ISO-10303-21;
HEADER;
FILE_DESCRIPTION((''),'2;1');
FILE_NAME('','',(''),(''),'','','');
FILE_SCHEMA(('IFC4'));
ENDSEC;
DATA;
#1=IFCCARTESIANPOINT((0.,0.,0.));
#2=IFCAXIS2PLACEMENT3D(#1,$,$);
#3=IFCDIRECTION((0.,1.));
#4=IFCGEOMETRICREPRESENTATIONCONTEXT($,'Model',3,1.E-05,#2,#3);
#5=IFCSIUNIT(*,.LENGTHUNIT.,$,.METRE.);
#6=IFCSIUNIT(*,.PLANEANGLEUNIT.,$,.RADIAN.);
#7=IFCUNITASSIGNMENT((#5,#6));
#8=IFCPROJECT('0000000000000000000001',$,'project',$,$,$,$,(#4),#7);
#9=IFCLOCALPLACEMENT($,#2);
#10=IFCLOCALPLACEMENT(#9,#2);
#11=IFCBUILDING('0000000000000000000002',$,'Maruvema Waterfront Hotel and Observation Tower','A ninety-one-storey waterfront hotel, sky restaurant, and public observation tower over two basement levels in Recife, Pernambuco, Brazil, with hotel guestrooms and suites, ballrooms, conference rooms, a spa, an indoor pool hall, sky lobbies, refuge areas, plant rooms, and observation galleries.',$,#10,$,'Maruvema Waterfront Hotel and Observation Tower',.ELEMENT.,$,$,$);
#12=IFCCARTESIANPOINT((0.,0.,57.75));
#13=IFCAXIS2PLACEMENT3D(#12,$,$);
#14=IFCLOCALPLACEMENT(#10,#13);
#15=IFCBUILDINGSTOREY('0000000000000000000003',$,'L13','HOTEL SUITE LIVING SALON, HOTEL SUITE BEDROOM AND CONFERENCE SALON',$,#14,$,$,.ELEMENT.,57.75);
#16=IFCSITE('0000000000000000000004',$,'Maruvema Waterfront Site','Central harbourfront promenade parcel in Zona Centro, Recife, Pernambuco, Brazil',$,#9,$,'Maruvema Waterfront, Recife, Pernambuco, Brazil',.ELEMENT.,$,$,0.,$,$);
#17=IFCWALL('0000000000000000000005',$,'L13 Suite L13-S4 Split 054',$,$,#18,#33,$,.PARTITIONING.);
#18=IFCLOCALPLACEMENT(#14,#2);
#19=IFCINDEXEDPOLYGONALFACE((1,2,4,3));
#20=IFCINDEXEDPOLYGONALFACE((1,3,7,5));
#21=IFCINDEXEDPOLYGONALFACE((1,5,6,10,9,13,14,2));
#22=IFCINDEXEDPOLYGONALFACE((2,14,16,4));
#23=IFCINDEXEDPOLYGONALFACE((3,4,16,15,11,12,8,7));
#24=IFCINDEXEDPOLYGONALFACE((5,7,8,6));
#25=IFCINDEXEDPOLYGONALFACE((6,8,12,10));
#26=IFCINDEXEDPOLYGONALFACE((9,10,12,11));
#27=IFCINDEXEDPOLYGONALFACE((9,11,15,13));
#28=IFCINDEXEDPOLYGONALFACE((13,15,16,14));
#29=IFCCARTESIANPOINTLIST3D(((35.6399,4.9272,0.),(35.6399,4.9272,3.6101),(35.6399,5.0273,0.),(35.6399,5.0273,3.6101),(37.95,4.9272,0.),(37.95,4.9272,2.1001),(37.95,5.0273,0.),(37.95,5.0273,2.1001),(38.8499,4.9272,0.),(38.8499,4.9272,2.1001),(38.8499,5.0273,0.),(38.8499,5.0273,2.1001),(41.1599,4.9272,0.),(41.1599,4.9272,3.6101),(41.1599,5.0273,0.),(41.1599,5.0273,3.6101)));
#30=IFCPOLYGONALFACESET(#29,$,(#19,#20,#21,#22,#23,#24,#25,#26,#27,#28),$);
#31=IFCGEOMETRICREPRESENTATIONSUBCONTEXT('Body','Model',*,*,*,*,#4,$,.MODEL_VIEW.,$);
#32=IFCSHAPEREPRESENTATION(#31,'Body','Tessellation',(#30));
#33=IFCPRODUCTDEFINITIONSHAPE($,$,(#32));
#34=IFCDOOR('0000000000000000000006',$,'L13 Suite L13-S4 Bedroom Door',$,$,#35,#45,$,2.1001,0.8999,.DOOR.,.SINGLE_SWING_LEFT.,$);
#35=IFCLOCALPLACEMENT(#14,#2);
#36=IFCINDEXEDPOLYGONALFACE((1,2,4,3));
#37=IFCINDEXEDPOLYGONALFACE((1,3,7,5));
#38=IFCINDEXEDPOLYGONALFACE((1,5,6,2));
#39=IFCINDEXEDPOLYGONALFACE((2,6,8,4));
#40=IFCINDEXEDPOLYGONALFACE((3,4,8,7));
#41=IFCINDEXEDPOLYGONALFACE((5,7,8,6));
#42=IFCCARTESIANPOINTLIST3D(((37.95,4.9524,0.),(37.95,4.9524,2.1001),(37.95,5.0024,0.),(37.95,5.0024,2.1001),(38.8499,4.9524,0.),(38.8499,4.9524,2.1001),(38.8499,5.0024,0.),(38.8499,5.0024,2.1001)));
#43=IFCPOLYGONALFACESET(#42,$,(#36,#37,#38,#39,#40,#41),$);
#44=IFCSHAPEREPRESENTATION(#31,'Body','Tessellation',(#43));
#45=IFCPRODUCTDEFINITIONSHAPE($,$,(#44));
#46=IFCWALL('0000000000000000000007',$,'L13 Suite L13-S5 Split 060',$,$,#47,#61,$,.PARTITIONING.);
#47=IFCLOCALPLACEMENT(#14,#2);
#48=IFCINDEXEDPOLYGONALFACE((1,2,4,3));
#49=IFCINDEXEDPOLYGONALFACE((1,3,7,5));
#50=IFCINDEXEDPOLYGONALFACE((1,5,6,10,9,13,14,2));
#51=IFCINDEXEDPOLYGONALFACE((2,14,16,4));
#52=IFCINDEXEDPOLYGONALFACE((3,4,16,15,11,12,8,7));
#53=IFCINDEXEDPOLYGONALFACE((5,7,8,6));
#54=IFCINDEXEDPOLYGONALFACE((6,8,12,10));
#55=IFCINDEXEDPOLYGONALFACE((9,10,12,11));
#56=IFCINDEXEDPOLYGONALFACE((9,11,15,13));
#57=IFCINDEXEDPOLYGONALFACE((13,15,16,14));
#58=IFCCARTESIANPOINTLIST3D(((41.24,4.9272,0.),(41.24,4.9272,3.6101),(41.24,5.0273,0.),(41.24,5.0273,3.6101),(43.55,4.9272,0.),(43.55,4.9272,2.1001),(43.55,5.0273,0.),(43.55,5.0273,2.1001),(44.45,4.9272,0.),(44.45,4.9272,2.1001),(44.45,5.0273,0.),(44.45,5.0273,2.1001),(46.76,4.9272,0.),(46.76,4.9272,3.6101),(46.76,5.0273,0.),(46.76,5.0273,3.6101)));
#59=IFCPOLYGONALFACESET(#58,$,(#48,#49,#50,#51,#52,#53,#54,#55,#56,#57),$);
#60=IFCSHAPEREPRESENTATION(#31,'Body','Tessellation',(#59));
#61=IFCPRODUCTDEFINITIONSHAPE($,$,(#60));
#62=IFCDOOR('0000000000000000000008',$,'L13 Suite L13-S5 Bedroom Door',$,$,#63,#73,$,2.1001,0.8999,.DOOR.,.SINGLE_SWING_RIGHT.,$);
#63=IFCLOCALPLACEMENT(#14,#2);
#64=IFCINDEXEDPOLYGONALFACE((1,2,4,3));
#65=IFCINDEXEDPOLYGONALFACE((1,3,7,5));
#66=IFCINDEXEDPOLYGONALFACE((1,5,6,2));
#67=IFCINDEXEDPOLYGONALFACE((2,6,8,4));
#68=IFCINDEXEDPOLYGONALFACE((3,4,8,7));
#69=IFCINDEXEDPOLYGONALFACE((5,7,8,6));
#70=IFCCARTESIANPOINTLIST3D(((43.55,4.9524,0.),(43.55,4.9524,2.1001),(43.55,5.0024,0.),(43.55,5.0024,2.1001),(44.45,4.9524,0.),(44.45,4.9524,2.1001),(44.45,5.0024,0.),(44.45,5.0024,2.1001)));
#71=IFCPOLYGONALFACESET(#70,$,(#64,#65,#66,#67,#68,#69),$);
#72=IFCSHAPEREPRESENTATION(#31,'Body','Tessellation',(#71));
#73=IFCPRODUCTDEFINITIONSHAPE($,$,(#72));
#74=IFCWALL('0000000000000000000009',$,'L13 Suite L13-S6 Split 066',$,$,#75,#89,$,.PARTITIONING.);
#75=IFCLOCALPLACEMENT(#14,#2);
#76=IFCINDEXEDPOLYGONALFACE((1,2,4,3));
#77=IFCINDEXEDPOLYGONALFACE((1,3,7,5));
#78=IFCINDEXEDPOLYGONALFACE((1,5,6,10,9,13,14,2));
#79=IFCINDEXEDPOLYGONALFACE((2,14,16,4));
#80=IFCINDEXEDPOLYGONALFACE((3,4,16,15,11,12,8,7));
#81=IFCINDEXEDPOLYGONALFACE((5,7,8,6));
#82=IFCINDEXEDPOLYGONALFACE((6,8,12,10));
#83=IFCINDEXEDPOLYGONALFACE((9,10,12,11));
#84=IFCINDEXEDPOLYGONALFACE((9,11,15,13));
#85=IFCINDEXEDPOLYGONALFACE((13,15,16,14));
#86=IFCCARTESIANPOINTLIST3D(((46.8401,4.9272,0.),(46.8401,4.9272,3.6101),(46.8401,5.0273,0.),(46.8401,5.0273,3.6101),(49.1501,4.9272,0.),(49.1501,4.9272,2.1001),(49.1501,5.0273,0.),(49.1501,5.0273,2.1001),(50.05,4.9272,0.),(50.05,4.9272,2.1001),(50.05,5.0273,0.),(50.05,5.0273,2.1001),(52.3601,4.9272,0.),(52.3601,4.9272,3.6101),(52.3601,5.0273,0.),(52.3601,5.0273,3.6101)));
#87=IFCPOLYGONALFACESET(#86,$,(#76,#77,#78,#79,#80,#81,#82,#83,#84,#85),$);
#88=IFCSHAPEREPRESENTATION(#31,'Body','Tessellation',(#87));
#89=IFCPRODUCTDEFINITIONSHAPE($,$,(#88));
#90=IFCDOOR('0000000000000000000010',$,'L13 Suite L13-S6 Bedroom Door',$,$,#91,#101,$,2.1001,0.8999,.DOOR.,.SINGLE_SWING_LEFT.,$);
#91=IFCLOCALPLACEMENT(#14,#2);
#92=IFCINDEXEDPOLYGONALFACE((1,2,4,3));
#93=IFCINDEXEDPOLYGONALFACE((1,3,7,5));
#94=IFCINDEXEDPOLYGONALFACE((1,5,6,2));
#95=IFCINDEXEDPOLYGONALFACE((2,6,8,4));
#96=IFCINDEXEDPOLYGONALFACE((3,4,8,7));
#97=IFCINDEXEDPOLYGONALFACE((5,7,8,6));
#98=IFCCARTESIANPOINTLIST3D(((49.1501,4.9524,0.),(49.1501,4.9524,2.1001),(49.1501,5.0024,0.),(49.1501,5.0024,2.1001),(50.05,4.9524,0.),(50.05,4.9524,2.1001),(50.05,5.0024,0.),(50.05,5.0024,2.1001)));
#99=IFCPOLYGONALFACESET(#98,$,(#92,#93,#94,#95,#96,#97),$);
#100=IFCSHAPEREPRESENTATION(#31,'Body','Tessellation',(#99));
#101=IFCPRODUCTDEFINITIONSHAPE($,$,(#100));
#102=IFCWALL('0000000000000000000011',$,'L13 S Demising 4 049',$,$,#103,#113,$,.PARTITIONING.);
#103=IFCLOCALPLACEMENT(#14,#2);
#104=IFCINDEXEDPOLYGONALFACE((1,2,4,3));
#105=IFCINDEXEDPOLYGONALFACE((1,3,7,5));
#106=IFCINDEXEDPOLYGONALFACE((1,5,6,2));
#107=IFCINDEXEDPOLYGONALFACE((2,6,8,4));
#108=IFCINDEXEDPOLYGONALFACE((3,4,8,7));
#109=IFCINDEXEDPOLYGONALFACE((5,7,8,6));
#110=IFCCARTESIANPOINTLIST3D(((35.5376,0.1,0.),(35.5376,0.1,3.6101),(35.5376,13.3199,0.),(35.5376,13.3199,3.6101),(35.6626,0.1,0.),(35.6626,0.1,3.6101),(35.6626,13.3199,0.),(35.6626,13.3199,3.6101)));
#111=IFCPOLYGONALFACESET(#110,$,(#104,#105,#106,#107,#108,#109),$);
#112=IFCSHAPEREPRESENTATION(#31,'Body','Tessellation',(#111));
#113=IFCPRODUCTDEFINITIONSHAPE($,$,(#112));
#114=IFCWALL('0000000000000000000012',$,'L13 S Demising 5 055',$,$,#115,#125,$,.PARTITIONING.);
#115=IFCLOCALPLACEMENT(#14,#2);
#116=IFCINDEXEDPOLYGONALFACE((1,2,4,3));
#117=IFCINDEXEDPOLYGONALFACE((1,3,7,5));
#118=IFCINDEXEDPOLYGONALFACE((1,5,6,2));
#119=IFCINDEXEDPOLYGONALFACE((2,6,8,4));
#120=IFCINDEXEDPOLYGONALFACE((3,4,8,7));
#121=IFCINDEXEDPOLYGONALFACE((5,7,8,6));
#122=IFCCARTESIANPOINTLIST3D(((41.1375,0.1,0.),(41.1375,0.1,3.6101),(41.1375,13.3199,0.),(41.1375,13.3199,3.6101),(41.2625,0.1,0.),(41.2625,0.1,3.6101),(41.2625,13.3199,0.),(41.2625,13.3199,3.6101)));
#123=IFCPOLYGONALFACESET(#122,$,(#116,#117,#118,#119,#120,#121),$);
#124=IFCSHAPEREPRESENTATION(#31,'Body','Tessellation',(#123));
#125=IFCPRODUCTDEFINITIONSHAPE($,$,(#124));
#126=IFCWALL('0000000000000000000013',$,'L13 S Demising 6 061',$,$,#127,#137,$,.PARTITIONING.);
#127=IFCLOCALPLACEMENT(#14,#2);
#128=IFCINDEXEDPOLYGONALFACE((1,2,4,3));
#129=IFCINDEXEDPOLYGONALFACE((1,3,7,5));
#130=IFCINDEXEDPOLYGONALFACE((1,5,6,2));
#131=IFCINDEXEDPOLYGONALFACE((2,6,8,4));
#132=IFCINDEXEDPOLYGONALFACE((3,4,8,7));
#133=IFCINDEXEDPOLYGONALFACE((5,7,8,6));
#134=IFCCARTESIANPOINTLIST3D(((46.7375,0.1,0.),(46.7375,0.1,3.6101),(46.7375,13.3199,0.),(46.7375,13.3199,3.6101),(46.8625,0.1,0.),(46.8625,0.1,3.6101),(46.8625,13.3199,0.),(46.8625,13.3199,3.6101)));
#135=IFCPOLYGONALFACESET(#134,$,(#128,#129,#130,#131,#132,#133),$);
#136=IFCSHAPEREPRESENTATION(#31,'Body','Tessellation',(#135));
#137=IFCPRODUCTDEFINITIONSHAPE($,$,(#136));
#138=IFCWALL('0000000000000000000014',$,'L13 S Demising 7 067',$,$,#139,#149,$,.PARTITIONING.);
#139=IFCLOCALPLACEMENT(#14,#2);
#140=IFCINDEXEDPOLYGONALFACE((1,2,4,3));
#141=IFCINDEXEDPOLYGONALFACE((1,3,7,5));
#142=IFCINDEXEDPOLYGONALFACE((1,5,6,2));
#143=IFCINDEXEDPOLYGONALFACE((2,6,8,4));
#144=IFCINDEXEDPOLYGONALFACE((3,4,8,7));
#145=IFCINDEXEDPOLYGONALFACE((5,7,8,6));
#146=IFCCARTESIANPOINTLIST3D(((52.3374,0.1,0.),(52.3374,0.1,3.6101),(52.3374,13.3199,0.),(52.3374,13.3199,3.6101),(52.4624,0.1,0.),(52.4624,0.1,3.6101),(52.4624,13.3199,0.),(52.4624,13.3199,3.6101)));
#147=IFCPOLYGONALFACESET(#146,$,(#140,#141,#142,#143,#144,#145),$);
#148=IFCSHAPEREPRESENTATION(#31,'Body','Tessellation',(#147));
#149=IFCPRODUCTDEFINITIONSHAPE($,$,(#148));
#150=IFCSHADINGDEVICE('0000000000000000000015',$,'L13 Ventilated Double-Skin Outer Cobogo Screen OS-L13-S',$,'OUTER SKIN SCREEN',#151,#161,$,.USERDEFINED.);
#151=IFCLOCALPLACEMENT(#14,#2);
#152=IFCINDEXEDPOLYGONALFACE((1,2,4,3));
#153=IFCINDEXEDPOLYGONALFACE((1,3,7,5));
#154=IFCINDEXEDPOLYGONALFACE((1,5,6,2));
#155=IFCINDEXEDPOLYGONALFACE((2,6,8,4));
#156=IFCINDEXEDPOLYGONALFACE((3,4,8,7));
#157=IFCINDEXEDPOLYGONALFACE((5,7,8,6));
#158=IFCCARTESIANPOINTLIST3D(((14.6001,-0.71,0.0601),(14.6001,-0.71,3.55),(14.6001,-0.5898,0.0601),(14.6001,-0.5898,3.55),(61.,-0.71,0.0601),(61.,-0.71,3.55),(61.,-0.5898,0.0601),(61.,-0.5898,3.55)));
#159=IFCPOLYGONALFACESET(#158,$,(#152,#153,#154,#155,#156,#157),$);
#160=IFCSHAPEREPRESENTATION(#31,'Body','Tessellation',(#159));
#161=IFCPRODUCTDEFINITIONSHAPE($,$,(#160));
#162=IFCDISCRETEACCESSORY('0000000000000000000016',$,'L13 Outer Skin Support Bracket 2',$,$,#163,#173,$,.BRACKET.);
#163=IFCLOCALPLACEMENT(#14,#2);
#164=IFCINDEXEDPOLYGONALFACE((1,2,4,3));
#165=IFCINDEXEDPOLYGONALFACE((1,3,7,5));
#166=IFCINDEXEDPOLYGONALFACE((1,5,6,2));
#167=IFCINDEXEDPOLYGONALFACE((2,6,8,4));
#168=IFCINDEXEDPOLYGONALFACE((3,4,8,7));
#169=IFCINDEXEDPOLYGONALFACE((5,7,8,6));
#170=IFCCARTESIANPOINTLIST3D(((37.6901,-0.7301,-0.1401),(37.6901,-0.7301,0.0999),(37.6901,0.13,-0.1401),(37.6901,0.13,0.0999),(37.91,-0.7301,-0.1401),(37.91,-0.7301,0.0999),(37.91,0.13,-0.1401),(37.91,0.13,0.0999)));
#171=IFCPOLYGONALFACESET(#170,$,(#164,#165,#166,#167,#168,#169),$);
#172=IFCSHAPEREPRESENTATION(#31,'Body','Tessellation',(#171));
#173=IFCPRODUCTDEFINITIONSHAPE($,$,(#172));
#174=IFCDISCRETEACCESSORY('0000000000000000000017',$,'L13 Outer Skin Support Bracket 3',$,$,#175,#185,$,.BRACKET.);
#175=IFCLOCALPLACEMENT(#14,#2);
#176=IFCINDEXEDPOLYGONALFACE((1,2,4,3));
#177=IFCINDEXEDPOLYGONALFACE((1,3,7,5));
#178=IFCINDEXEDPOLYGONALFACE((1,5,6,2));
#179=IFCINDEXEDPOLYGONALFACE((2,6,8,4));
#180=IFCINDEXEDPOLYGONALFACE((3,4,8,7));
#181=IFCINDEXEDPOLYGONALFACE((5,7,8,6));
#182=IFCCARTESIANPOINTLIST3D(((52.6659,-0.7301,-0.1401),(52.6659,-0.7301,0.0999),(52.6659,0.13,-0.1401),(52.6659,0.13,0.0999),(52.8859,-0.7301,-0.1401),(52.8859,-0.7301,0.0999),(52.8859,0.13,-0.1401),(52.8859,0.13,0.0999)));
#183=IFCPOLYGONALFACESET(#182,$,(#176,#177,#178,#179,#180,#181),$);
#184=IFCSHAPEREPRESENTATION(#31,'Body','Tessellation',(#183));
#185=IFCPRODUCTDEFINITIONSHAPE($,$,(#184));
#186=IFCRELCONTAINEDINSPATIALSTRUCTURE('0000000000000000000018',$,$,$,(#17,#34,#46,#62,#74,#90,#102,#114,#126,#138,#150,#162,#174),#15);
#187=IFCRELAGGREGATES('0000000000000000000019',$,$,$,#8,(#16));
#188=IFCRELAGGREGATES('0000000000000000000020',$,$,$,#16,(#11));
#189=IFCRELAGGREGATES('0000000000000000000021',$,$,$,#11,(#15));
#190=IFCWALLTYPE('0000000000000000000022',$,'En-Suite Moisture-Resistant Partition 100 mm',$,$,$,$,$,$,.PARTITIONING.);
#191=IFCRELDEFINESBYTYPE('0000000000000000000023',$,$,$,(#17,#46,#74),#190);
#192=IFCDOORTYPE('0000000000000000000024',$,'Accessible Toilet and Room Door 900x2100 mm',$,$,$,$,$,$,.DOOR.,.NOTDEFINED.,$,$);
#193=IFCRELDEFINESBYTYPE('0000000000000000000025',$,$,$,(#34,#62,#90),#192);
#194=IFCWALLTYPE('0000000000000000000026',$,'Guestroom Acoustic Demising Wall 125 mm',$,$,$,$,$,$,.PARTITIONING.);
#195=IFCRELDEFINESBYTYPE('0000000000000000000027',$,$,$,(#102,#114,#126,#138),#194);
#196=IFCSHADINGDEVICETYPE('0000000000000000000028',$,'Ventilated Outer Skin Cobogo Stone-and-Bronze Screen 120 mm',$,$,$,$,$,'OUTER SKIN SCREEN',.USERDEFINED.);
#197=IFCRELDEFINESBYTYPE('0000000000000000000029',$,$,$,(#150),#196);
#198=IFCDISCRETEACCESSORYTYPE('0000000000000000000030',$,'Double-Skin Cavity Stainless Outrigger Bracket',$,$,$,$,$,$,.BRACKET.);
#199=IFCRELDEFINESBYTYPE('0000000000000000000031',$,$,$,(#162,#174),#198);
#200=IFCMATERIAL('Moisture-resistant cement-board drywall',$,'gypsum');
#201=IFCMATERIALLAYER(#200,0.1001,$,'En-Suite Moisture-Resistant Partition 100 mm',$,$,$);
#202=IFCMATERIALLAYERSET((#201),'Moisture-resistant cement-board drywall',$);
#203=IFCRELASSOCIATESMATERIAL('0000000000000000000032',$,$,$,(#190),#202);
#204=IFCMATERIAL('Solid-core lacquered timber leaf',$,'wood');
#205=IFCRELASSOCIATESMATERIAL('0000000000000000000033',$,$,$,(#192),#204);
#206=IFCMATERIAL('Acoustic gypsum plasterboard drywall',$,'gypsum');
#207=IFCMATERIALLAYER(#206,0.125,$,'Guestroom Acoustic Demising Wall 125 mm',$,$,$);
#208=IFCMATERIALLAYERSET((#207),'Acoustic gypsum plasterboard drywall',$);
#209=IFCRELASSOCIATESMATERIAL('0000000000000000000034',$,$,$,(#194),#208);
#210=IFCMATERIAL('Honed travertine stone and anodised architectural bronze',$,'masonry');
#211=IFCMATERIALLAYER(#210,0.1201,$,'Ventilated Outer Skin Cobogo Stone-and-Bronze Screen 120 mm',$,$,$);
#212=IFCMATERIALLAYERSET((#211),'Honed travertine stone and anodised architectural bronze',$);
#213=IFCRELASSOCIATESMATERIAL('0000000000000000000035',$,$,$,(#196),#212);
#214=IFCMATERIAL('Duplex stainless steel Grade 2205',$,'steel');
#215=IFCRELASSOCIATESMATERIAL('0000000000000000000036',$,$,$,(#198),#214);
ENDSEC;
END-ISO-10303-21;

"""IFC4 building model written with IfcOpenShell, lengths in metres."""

from ifc_helpers import new_model, si_unit, direction, frame, frame_2d, origin, origin_2d, place, context, subcontext, project, spatial, rectangle, extrude, material, layer, layer_set, type_object, element, fill, save


model = new_model("IFC4")

# Units and contexts
model_context = context("Model", 3, precision=1e-05, world=origin(), true_north=direction((0.0, 1.0)))
body_context = subcontext(model_context, "Body", "Model", "MODEL_VIEW")
ifc_project = project(units=[si_unit("LENGTHUNIT", "METRE"), si_unit("PLANEANGLEUNIT", "RADIAN")], contexts=[model_context])

# Site, building, storey
site_placement = place(None, origin())
site = spatial("IfcSite", under=ifc_project, at=site_placement, Name="Maruvema Waterfront Site", Description="Central harbourfront promenade parcel in Zona Centro, Recife, Pernambuco, Brazil", LongName="Maruvema Waterfront, Recife, Pernambuco, Brazil", CompositionType="ELEMENT", RefElevation=0.0)
building_placement = place(site_placement, origin())
building = spatial("IfcBuilding", under=site, at=building_placement, Name="Maruvema Waterfront Hotel and Observation Tower", Description="A ninety-one-storey waterfront hotel, sky restaurant, and public observation tower over two basement levels in Recife, Pernambuco, Brazil, with hotel guestrooms and suites, ballrooms, conference rooms, a spa, an indoor pool hall, sky lobbies, refuge areas, plant rooms, and observation galleries.", LongName="Maruvema Waterfront Hotel and Observation Tower", CompositionType="ELEMENT")
storey_placement = place(building_placement, frame((0.0, 0.0, 57.75)))
storey = spatial("IfcBuildingStorey", under=building, at=storey_placement, Name="L13", Description="HOTEL SUITE LIVING SALON, HOTEL SUITE BEDROOM AND CONFERENCE SALON", CompositionType="ELEMENT", Elevation=57.75)

# Walls, openings, doors
ifc_material_1 = material(Name="Moisture-resistant cement-board drywall", Category="gypsum")
ifc_layer_1 = layer(ifc_material_1, 0.1001, Name="En-Suite Moisture-Resistant Partition 100 mm")
ifc_layer_set_1 = layer_set([ifc_layer_1], Name="Moisture-resistant cement-board drywall")
wall_type_1 = type_object("IfcWallType", Name="En-Suite Moisture-Resistant Partition 100 mm", PredefinedType="PARTITIONING", material=ifc_layer_set_1)
wall_1_placement = place(storey_placement, frame((35.6399, 4.9773, 0.0), z_axis=(0.0, 0.0, 1.0), x_axis=(1.0, 0.0, 0.0)))
wall_1 = element("IfcWall", 1, at=wall_1_placement, inside=storey, type_object=wall_type_1, Name="L13 Suite L13-S4 Split 054", PredefinedType="PARTITIONING", context=body_context, shape_type="SweptSolid", body=[
    extrude(rectangle(XDim=5.52, YDim=0.1001, at=frame_2d((2.76, 0.0))), origin(), (0.0, 0.0, 1.0), 3.6101),
])
opening_1_placement = place(wall_1_placement, frame((2.3101, 0.0, 0.0)))
opening_1 = element("IfcOpeningElement", 2, at=opening_1_placement, cuts=wall_1, PredefinedType="OPENING", context=body_context, shape_type="SweptSolid", body=[
    extrude(rectangle(XDim=0.8999, YDim=2.1001, at=frame_2d((0.45, 1.05))), frame((0.0, 0.0601, 0.0), z_axis=(0.0, -1.0, 0.0), x_axis=(1.0, 0.0, 0.0)), (0.0, 0.0, 1.0), 0.1201),
])
ifc_material_2 = material(Name="Solid-core lacquered timber leaf", Category="wood")
door_type = type_object("IfcDoorType", Name="Accessible Toilet and Room Door 900x2100 mm", OperationType="NOTDEFINED", PredefinedType="DOOR", material=ifc_material_2)
door_1_placement = place(opening_1_placement, frame((0.8999, 0.0, 0.0), z_axis=(0.0, 0.0, 1.0), x_axis=(-1.0, 0.0, 0.0)))
door_1 = element("IfcDoor", 3, at=door_1_placement, inside=storey, type_object=door_type, Name="L13 Suite L13-S4 Bedroom Door", OperationType="SINGLE_SWING_LEFT", OverallHeight=2.1001, OverallWidth=0.8999, PredefinedType="DOOR", context=body_context, shape_type="SweptSolid", body=[
    extrude(rectangle(XDim=0.8999, YDim=2.1001, at=frame_2d((0.45, 1.05))), frame((0.0, 0.0249, 0.0), z_axis=(0.0, -1.0, 0.0), x_axis=(1.0, 0.0, 0.0)), (0.0, 0.0, 1.0), 0.05),
])
fill(opening_1, door_1)
wall_2_placement = place(storey_placement, frame((41.24, 4.9773, 0.0), z_axis=(0.0, 0.0, 1.0), x_axis=(1.0, 0.0, 0.0)))
wall_2 = element("IfcWall", 4, at=wall_2_placement, inside=storey, type_object=wall_type_1, Name="L13 Suite L13-S5 Split 060", PredefinedType="PARTITIONING", context=body_context, shape_type="SweptSolid", body=[
    extrude(rectangle(XDim=5.52, YDim=0.1001, at=frame_2d((2.76, 0.0))), origin(), (0.0, 0.0, 1.0), 3.6101),
])
opening_2_placement = place(wall_2_placement, frame((2.3101, 0.0, 0.0)))
opening_2 = element("IfcOpeningElement", 5, at=opening_2_placement, cuts=wall_2, PredefinedType="OPENING", context=body_context, shape_type="SweptSolid", body=[
    extrude(rectangle(XDim=0.8999, YDim=2.1001, at=frame_2d((0.45, 1.05))), frame((0.0, 0.0601, 0.0), z_axis=(0.0, -1.0, 0.0), x_axis=(1.0, 0.0, 0.0)), (0.0, 0.0, 1.0), 0.1201),
])
door_2_placement = place(opening_2_placement, frame((0.8999, 0.0, 0.0), z_axis=(0.0, 0.0, 1.0), x_axis=(-1.0, 0.0, 0.0)))
door_2 = element("IfcDoor", 6, at=door_2_placement, inside=storey, type_object=door_type, Name="L13 Suite L13-S5 Bedroom Door", OperationType="SINGLE_SWING_RIGHT", OverallHeight=2.1001, OverallWidth=0.8999, PredefinedType="DOOR", context=body_context, shape_type="SweptSolid", body=[
    extrude(rectangle(XDim=0.8999, YDim=2.1001, at=frame_2d((0.45, 1.05))), frame((0.0, 0.0249, 0.0), z_axis=(0.0, -1.0, 0.0), x_axis=(1.0, 0.0, 0.0)), (0.0, 0.0, 1.0), 0.05),
])
fill(opening_2, door_2)
wall_3_placement = place(storey_placement, frame((46.8401, 4.9773, 0.0), z_axis=(0.0, 0.0, 1.0), x_axis=(1.0, 0.0, 0.0)))
wall_3 = element("IfcWall", 7, at=wall_3_placement, inside=storey, type_object=wall_type_1, Name="L13 Suite L13-S6 Split 066", PredefinedType="PARTITIONING", context=body_context, shape_type="SweptSolid", body=[
    extrude(rectangle(XDim=5.52, YDim=0.1001, at=frame_2d((2.76, 0.0))), origin(), (0.0, 0.0, 1.0), 3.6101),
])
opening_3_placement = place(wall_3_placement, frame((2.3101, 0.0, 0.0)))
opening_3 = element("IfcOpeningElement", 8, at=opening_3_placement, cuts=wall_3, PredefinedType="OPENING", context=body_context, shape_type="SweptSolid", body=[
    extrude(rectangle(XDim=0.8999, YDim=2.1001, at=frame_2d((0.45, 1.05))), frame((0.0, 0.0601, 0.0), z_axis=(0.0, -1.0, 0.0), x_axis=(1.0, 0.0, 0.0)), (0.0, 0.0, 1.0), 0.1201),
])
door_3_placement = place(opening_3_placement, frame((0.8999, 0.0, 0.0), z_axis=(0.0, 0.0, 1.0), x_axis=(-1.0, 0.0, 0.0)))
door_3 = element("IfcDoor", 9, at=door_3_placement, inside=storey, type_object=door_type, Name="L13 Suite L13-S6 Bedroom Door", OperationType="SINGLE_SWING_LEFT", OverallHeight=2.1001, OverallWidth=0.8999, PredefinedType="DOOR", context=body_context, shape_type="SweptSolid", body=[
    extrude(rectangle(XDim=0.8999, YDim=2.1001, at=frame_2d((0.45, 1.05))), frame((0.0, 0.0249, 0.0), z_axis=(0.0, -1.0, 0.0), x_axis=(1.0, 0.0, 0.0)), (0.0, 0.0, 1.0), 0.05),
])
fill(opening_3, door_3)

# Walls
ifc_material_3 = material(Name="Acoustic gypsum plasterboard drywall", Category="gypsum")
ifc_layer_2 = layer(ifc_material_3, 0.125, Name="Guestroom Acoustic Demising Wall 125 mm")
ifc_layer_set_2 = layer_set([ifc_layer_2], Name="Acoustic gypsum plasterboard drywall")
wall_type_2 = type_object("IfcWallType", Name="Guestroom Acoustic Demising Wall 125 mm", PredefinedType="PARTITIONING", material=ifc_layer_set_2)
for number, where, z_axis, x_axis, name in (
    (10, (35.6001, 0.1001, 0.0), (0.0, 0.0, 1.0), (0.0, 1.0, 0.0), "L13 S Demising 4 049"),
    (11, (41.2, 0.1001, 0.0), (0.0, 0.0, 1.0), (0.0, 1.0, 0.0), "L13 S Demising 5 055"),
    (12, (46.8, 0.1001, 0.0), (0.0, 0.0, 1.0), (0.0, 1.0, 0.0), "L13 S Demising 6 061"),
    (13, (52.3999, 0.1001, 0.0), (0.0, 0.0, 1.0), (0.0, 1.0, 0.0), "L13 S Demising 7 067"),
):
    element("IfcWall", number, at=place(storey_placement, frame(where, z_axis=z_axis, x_axis=x_axis)), inside=storey, type_object=wall_type_2, Name=name, PredefinedType="PARTITIONING", context=body_context, shape_type="SweptSolid", body=[
        extrude(rectangle(XDim=13.22, YDim=0.125, at=frame_2d((6.6099, 0.0))), origin(), (0.0, 0.0, 1.0), 3.6101),
    ])

# Shading device
ifc_material_4 = material(Name="Honed travertine stone and anodised architectural bronze", Category="masonry")
ifc_layer_3 = layer(ifc_material_4, 0.1201, Name="Ventilated Outer Skin Cobogo Stone-and-Bronze Screen 120 mm")
ifc_layer_set_3 = layer_set([ifc_layer_3], Name="Honed travertine stone and anodised architectural bronze")
shading_device_type = type_object("IfcShadingDeviceType", Name="Ventilated Outer Skin Cobogo Stone-and-Bronze Screen 120 mm", ElementType="OUTER SKIN SCREEN", PredefinedType="USERDEFINED", material=ifc_layer_set_3)
shading_device_placement = place(storey_placement, frame((37.8, -0.6499, 0.0601), z_axis=(0.0, 0.0, 1.0), x_axis=(1.0, 0.0, 0.0)))
element("IfcShadingDevice", 14, at=shading_device_placement, inside=storey, type_object=shading_device_type, Name="L13 Ventilated Double-Skin Outer Cobogo Screen OS-L13-S", ObjectType="OUTER SKIN SCREEN", PredefinedType="USERDEFINED", context=body_context, shape_type="SweptSolid", body=[
    extrude(rectangle(XDim=46.3999, YDim=0.1201, at=origin_2d()), origin(), (0.0, 0.0, 1.0), 3.49),
])

# Discrete accessories
ifc_material_5 = material(Name="Duplex stainless steel Grade 2205", Category="steel")
discrete_accessory_type = type_object("IfcDiscreteAccessoryType", Name="Double-Skin Cavity Stainless Outrigger Bracket", PredefinedType="BRACKET", material=ifc_material_5)
for number, where, z_axis, x_axis, name in (
    (15, (37.8, -0.3, -0.1401), (0.0, 0.0, 1.0), (1.0, 0.0, 0.0), "L13 Outer Skin Support Bracket 2"),
    (16, (52.7759, -0.3, -0.1401), (0.0, 0.0, 1.0), (1.0, 0.0, 0.0), "L13 Outer Skin Support Bracket 3"),
):
    element("IfcDiscreteAccessory", number, at=place(storey_placement, frame(where, z_axis=z_axis, x_axis=x_axis)), inside=storey, type_object=discrete_accessory_type, Name=name, PredefinedType="BRACKET", context=body_context, shape_type="SweptSolid", body=[
        extrude(rectangle(XDim=0.22, YDim=0.8601, at=origin_2d()), origin(), (0.0, 0.0, 1.0), 0.24),
    ])

save(model, "model.ifc")
